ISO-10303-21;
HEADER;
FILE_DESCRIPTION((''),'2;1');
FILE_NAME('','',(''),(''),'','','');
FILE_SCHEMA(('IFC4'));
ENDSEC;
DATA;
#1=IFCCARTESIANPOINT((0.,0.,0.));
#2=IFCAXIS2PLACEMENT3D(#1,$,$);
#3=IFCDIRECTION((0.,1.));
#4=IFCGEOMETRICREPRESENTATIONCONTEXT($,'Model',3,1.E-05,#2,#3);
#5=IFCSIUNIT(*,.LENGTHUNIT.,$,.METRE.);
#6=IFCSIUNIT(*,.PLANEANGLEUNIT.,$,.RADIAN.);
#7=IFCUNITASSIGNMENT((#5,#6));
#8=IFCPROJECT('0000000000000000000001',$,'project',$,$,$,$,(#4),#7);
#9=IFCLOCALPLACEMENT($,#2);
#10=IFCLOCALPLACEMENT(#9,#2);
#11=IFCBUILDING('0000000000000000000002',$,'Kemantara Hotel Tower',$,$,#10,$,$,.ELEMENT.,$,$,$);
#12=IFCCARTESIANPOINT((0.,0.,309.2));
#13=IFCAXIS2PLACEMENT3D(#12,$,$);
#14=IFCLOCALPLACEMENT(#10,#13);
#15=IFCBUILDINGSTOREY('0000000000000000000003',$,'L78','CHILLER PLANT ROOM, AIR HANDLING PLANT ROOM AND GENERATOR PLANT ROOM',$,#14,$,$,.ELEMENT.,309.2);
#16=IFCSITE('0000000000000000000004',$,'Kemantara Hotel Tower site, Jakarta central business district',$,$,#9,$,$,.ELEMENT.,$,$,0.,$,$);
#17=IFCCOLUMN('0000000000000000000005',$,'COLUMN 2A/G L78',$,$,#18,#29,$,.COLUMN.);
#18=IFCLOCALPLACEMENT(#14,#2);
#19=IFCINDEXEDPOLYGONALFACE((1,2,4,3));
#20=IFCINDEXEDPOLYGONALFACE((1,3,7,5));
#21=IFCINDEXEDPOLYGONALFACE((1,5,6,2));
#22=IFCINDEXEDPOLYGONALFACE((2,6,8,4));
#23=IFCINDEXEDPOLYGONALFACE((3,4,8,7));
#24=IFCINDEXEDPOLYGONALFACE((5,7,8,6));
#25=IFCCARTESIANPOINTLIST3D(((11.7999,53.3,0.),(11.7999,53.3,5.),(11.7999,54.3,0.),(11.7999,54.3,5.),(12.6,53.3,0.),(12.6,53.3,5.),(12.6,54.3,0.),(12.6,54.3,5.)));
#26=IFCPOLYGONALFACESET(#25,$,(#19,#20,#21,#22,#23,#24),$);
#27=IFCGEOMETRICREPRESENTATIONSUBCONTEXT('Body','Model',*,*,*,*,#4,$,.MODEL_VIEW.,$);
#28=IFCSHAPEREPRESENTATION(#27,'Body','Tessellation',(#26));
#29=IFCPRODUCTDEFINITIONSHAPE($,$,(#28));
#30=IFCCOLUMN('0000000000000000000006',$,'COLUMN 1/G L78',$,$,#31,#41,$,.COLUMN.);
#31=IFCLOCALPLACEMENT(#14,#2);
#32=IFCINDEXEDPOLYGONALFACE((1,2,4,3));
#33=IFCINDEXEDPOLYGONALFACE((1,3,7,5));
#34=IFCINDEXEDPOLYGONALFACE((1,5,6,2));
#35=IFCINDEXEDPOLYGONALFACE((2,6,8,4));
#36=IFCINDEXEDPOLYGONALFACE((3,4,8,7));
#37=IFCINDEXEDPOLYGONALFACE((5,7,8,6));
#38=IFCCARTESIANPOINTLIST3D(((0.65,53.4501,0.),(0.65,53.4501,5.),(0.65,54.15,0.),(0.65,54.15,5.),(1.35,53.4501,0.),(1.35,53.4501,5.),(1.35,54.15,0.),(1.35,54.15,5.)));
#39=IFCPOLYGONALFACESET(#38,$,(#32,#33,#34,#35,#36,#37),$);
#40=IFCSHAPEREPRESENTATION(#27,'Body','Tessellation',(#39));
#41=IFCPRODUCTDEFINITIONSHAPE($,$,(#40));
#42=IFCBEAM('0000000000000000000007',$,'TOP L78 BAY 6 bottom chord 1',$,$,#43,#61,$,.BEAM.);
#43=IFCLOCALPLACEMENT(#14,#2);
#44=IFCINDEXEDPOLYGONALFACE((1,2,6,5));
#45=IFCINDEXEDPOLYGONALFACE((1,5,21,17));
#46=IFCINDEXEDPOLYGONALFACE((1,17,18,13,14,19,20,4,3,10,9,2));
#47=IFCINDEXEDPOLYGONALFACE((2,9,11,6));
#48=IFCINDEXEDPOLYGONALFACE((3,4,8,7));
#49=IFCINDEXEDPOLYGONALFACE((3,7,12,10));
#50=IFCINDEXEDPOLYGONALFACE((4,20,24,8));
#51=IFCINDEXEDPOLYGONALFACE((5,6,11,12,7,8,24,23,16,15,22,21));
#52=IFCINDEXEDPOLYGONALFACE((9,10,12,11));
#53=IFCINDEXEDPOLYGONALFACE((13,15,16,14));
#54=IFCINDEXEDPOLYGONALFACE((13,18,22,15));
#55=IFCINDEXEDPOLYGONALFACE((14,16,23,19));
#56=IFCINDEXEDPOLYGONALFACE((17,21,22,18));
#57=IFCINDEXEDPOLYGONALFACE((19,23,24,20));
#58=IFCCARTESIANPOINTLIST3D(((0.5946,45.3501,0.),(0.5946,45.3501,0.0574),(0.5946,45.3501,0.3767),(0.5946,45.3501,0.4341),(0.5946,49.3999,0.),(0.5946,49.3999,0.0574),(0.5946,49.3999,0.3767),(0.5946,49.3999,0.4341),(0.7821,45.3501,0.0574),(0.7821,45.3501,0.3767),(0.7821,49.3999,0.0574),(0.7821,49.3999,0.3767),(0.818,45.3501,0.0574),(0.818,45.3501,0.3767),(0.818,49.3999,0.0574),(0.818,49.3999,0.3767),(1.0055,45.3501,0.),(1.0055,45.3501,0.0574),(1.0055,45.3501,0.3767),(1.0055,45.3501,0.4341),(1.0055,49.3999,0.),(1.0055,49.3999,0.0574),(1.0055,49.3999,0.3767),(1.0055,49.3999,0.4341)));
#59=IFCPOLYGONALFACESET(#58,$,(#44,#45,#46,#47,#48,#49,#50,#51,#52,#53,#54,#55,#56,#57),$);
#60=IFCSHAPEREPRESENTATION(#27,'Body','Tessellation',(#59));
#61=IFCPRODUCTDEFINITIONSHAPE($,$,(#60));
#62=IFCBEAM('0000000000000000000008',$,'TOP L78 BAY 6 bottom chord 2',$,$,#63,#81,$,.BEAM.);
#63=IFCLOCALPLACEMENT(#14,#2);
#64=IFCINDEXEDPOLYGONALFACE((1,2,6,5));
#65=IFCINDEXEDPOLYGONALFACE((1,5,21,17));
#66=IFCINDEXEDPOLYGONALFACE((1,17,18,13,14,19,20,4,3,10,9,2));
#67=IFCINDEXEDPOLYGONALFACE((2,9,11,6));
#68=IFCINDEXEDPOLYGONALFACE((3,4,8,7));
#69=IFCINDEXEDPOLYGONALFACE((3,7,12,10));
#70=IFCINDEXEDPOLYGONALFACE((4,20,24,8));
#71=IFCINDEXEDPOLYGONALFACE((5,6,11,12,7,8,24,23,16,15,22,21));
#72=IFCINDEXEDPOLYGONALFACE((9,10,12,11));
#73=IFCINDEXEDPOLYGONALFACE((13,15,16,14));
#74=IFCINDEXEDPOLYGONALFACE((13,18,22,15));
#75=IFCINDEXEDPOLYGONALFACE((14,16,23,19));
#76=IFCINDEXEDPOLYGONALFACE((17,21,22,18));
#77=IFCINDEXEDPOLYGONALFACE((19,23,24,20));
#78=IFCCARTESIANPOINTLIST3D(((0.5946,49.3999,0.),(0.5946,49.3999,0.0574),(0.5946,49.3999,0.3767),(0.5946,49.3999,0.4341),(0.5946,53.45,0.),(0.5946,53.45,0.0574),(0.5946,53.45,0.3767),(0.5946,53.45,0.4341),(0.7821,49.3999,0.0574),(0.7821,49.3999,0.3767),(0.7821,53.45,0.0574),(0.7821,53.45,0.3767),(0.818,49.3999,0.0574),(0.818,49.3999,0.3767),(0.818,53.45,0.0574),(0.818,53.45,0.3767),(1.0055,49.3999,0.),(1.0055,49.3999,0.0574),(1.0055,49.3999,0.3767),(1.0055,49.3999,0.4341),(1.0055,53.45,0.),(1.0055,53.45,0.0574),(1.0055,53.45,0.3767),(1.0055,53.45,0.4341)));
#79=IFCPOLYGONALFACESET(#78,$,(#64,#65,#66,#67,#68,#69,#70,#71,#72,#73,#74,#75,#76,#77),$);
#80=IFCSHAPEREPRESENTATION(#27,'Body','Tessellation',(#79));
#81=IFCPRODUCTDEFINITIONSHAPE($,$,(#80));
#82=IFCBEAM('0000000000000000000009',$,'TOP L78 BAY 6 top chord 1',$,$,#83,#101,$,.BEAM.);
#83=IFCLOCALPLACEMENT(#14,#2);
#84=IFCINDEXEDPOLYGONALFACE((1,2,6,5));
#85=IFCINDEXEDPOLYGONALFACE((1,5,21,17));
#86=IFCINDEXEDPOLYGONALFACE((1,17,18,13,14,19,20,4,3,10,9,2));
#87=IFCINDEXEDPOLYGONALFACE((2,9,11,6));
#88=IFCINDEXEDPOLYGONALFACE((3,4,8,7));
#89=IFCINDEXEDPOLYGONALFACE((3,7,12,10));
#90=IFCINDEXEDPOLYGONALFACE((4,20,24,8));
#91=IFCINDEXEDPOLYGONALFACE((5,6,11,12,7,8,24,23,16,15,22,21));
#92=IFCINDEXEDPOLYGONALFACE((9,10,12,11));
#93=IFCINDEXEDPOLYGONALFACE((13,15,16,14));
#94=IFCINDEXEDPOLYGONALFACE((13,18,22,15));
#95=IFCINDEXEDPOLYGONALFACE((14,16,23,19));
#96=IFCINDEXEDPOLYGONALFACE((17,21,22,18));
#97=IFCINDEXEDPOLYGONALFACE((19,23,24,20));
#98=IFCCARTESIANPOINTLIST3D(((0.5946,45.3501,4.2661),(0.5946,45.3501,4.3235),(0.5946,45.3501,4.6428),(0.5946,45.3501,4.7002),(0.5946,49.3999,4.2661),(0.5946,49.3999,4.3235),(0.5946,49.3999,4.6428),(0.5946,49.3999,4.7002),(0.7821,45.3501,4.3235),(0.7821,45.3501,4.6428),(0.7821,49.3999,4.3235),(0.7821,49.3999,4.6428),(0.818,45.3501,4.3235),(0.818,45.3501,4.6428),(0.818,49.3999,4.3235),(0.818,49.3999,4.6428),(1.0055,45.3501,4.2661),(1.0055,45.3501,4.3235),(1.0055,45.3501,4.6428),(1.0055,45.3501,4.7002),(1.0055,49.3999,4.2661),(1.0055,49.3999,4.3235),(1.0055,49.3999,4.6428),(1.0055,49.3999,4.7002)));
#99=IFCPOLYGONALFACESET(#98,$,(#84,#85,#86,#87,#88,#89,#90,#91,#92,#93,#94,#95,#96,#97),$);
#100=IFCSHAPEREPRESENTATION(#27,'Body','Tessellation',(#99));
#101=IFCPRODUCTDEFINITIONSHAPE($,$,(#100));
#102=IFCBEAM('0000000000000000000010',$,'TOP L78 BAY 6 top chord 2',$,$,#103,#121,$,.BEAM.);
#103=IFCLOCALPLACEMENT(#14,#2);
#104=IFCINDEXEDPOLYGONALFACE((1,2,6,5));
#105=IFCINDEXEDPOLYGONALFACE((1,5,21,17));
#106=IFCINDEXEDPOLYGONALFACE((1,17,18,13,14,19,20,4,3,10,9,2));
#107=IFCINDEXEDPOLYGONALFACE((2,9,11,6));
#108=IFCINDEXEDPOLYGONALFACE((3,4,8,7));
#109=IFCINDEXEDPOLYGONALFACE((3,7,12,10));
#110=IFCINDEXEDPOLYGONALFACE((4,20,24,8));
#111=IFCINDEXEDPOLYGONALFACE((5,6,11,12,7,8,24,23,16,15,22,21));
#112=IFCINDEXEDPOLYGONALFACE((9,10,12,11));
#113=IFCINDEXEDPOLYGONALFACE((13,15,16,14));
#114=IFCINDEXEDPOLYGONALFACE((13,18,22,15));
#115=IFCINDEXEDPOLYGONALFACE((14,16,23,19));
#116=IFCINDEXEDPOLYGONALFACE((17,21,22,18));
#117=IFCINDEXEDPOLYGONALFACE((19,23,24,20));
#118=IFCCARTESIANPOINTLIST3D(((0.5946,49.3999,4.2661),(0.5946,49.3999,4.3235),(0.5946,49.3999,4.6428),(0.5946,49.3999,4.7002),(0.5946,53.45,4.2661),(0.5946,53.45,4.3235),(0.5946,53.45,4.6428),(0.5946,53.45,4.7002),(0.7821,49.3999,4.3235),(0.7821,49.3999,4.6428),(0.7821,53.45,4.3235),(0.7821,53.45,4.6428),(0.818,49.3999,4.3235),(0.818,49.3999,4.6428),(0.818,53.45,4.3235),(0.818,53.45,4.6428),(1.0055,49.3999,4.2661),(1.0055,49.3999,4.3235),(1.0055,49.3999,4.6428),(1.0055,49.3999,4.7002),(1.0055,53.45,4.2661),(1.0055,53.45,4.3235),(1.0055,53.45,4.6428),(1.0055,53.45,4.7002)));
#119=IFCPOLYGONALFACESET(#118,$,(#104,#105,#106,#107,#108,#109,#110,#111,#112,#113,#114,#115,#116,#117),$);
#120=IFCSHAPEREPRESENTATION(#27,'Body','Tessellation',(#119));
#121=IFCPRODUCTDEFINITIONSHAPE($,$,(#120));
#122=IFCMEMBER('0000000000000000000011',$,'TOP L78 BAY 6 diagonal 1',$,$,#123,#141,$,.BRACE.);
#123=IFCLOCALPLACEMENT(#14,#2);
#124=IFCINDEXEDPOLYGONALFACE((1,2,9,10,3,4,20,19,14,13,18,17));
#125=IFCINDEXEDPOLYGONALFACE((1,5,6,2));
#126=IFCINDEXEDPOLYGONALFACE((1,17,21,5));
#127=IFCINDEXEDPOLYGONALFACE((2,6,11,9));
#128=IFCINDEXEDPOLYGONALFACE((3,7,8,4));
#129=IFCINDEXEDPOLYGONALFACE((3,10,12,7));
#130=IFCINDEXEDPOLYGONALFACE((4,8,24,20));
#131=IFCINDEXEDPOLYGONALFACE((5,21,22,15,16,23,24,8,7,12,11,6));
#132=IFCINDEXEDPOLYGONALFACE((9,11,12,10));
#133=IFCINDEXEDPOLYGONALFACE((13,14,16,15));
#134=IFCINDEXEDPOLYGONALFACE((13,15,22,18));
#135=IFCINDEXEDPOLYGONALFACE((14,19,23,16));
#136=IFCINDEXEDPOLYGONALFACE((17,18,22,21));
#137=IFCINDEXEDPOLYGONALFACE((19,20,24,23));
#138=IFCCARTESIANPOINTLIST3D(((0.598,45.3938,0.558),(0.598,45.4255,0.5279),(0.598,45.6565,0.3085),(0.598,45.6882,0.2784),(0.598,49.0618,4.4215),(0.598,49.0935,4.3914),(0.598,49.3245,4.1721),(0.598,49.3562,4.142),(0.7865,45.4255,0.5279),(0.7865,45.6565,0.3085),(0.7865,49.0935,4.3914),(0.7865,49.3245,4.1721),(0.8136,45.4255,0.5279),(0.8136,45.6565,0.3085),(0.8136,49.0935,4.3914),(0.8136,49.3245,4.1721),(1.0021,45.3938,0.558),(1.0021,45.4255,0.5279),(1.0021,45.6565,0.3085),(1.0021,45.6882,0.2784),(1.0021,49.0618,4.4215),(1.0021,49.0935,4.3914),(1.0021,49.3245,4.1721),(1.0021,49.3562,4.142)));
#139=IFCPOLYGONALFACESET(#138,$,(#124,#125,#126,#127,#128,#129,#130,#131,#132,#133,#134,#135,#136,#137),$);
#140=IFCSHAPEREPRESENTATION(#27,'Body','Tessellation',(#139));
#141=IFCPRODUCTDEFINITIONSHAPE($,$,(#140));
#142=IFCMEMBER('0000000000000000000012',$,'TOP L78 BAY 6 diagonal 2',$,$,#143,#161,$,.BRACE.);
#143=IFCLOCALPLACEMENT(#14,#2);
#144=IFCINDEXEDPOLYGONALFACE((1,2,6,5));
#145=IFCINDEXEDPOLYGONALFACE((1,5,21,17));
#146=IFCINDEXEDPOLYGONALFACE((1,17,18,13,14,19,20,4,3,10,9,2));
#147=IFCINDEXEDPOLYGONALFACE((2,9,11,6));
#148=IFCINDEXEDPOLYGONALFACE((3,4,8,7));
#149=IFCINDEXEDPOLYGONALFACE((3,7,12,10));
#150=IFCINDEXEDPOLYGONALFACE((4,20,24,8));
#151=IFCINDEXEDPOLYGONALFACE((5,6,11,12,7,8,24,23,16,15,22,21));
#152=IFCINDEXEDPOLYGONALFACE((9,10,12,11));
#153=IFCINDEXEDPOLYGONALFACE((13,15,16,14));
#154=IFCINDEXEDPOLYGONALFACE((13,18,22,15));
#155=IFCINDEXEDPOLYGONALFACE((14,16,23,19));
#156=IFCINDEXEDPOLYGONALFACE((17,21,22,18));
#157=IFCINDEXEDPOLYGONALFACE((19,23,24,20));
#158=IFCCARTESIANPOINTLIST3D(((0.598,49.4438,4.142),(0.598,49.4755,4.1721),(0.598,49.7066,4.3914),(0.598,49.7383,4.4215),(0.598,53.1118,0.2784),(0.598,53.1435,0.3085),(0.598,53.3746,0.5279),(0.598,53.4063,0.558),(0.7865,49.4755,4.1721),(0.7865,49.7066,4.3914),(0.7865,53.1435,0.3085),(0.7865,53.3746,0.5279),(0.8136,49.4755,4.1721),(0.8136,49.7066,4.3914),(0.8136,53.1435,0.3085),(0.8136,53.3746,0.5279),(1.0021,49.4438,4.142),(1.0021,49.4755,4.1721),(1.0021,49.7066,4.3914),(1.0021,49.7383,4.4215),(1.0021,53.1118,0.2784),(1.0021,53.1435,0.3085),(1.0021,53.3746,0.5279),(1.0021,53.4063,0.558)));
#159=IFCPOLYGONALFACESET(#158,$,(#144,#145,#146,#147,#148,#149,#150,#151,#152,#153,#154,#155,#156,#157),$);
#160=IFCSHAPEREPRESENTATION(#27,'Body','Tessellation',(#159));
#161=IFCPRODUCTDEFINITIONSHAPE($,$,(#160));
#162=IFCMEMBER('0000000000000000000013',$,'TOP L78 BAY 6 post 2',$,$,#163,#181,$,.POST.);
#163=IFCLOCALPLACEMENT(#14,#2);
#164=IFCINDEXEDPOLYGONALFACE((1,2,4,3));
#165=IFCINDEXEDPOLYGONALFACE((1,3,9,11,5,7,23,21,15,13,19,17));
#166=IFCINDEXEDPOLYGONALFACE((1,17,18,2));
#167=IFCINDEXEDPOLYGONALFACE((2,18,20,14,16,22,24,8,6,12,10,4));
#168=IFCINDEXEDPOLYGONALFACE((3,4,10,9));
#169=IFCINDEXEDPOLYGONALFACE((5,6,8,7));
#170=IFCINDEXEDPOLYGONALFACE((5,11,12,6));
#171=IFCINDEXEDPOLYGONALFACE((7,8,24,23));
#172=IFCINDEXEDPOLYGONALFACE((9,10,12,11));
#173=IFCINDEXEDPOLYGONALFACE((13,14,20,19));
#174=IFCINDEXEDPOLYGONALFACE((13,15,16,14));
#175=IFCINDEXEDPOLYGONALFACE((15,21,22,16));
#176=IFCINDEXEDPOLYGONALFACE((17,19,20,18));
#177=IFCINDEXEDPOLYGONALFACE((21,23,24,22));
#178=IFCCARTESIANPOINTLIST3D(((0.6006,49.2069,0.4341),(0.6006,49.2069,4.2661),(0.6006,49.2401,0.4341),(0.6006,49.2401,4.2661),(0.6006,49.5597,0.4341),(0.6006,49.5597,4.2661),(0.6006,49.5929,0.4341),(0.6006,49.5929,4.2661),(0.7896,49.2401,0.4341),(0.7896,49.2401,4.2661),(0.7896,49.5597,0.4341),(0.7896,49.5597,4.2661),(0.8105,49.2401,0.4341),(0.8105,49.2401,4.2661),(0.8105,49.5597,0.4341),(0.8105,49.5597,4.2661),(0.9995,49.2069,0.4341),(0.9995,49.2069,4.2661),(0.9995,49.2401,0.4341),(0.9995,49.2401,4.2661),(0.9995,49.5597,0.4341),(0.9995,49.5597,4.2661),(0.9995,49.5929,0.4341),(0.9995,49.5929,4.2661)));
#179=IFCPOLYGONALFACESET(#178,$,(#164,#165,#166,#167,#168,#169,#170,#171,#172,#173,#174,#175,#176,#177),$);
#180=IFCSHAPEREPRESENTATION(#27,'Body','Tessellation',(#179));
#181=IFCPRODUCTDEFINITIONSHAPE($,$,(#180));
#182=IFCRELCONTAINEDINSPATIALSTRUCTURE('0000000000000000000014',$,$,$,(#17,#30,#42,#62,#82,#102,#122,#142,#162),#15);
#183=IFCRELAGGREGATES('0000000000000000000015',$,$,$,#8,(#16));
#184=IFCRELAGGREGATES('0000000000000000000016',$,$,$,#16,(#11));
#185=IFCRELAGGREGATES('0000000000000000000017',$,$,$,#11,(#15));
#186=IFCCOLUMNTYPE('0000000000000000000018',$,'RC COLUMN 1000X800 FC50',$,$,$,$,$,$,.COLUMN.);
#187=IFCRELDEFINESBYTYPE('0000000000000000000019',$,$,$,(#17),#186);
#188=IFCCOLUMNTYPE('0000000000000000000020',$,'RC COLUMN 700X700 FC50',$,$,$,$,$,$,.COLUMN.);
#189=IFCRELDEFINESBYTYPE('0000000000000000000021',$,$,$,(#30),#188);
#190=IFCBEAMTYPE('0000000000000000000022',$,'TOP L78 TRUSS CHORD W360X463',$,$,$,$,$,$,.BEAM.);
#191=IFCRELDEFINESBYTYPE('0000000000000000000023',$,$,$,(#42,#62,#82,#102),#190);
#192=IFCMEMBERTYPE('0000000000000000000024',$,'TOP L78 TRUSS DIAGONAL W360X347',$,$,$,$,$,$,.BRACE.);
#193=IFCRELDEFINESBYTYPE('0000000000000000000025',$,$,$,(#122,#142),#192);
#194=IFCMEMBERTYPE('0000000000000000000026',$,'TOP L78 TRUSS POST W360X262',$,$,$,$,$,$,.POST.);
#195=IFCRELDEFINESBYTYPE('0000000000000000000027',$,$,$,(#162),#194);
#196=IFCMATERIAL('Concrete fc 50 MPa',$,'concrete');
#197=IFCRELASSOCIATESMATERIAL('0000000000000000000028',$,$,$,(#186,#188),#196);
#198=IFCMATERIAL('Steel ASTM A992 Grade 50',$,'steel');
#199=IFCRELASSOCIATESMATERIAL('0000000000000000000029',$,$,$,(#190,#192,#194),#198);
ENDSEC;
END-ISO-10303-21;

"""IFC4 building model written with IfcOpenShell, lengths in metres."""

from ifc_helpers import new_model, si_unit, direction, frame, origin, origin_2d, place, context, subcontext, project, spatial, rectangle, i_section, extrude, material, material_profile, profile_set, type_object, element, save


model = new_model("IFC4")

# Units and contexts
model_context = context("Model", 3, precision=1e-05, world=origin(), true_north=direction((0.0, 1.0)))
body_context = subcontext(model_context, "Body", "Model", "MODEL_VIEW")
ifc_project = project(units=[si_unit("LENGTHUNIT", "METRE"), si_unit("PLANEANGLEUNIT", "RADIAN")], contexts=[model_context])

# Site, building, storey
site_placement = place(None, origin())
site = spatial("IfcSite", under=ifc_project, at=site_placement, Name="Kemantara Hotel Tower site, Jakarta central business district", CompositionType="ELEMENT", RefElevation=0.0)
building_placement = place(site_placement, origin())
building = spatial("IfcBuilding", under=site, at=building_placement, Name="Kemantara Hotel Tower", CompositionType="ELEMENT")
storey_placement = place(building_placement, frame((0.0, 0.0, 309.2)))
storey = spatial("IfcBuildingStorey", under=building, at=storey_placement, Name="L78", Description="CHILLER PLANT ROOM, AIR HANDLING PLANT ROOM AND GENERATOR PLANT ROOM", CompositionType="ELEMENT", Elevation=309.2)

# Columns
ifc_material_1 = material(Name="Concrete fc 50 MPa", Category="concrete")
ifc_material_profile_1 = material_profile(ifc_material_1, rectangle(XDim=1.0, YDim=0.8, at=origin_2d()), Name="RC 1000X800")
ifc_profile_set_1 = profile_set([ifc_material_profile_1], Name="Concrete fc 50 MPa")
column_type_1 = type_object("IfcColumnType", Name="RC COLUMN 1000X800 FC50", PredefinedType="COLUMN", material=ifc_profile_set_1)
column_1_placement = place(storey_placement, frame((12.2, 53.8, 0.0), z_axis=(0.0, 0.0, 1.0), x_axis=(0.0, 1.0, 0.0)))
element("IfcColumn", 1, at=column_1_placement, inside=storey, type_object=column_type_1, Name="COLUMN 2A/G L78", PredefinedType="COLUMN", context=body_context, shape_type="SweptSolid", body=[
    extrude(rectangle(XDim=1.0, YDim=0.8, at=origin_2d()), origin(), (0.0, 0.0, 1.0), 5.0),
])
ifc_material_profile_2 = material_profile(ifc_material_1, rectangle(XDim=0.7, YDim=0.7, at=origin_2d()), Name="RC 700X700")
ifc_profile_set_2 = profile_set([ifc_material_profile_2], Name="Concrete fc 50 MPa")
column_type_2 = type_object("IfcColumnType", Name="RC COLUMN 700X700 FC50", PredefinedType="COLUMN", material=ifc_profile_set_2)
column_2_placement = place(storey_placement, frame((1.0, 53.8, 0.0), z_axis=(0.0, 0.0, 1.0), x_axis=(1.0, 0.0, 0.0)))
element("IfcColumn", 2, at=column_2_placement, inside=storey, type_object=column_type_2, Name="COLUMN 1/G L78", PredefinedType="COLUMN", context=body_context, shape_type="SweptSolid", body=[
    extrude(rectangle(XDim=0.7, YDim=0.7, at=origin_2d()), origin(), (0.0, 0.0, 1.0), 5.0),
])

# Beams
ifc_material_2 = material(Name="Steel ASTM A992 Grade 50", Category="steel")
ifc_material_profile_3 = material_profile(ifc_material_2, i_section(OverallWidth=0.4109, OverallDepth=0.4341, WebThickness=0.0359, FlangeThickness=0.0574, at=origin_2d()), Name="W360X463")
ifc_profile_set_3 = profile_set([ifc_material_profile_3], Name="Steel ASTM A992 Grade 50")
beam_type = type_object("IfcBeamType", Name="TOP L78 TRUSS CHORD W360X463", PredefinedType="BEAM", material=ifc_profile_set_3)
beam_1_placement = place(storey_placement, frame((0.8, 45.3501, 0.217), z_axis=(0.0, 1.0, 0.0), x_axis=(-1.0, 0.0, 0.0)))
element("IfcBeam", 3, at=beam_1_placement, inside=storey, type_object=beam_type, Name="TOP L78 BAY 6 bottom chord 1", PredefinedType="BEAM", context=body_context, shape_type="SweptSolid", body=[
    extrude(i_section(OverallWidth=0.4109, OverallDepth=0.4341, WebThickness=0.0359, FlangeThickness=0.0574, at=origin_2d()), origin(), (0.0, 0.0, 1.0), 4.0498),
])
beam_2_placement = place(storey_placement, frame((0.8, 49.3999, 0.217), z_axis=(0.0, 1.0, 0.0), x_axis=(-1.0, 0.0, 0.0)))
element("IfcBeam", 4, at=beam_2_placement, inside=storey, type_object=beam_type, Name="TOP L78 BAY 6 bottom chord 2", PredefinedType="BEAM", context=body_context, shape_type="SweptSolid", body=[
    extrude(i_section(OverallWidth=0.4109, OverallDepth=0.4341, WebThickness=0.0359, FlangeThickness=0.0574, at=origin_2d()), origin(), (0.0, 0.0, 1.0), 4.05),
])
beam_3_placement = place(storey_placement, frame((0.8, 45.3501, 4.4832), z_axis=(0.0, 1.0, 0.0), x_axis=(-1.0, 0.0, 0.0)))
element("IfcBeam", 5, at=beam_3_placement, inside=storey, type_object=beam_type, Name="TOP L78 BAY 6 top chord 1", PredefinedType="BEAM", context=body_context, shape_type="SweptSolid", body=[
    extrude(i_section(OverallWidth=0.4109, OverallDepth=0.4341, WebThickness=0.0359, FlangeThickness=0.0574, at=origin_2d()), origin(), (0.0, 0.0, 1.0), 4.0498),
])
beam_4_placement = place(storey_placement, frame((0.8, 49.3999, 4.4832), z_axis=(0.0, 1.0, 0.0), x_axis=(-1.0, 0.0, 0.0)))
element("IfcBeam", 6, at=beam_4_placement, inside=storey, type_object=beam_type, Name="TOP L78 BAY 6 top chord 2", PredefinedType="BEAM", context=body_context, shape_type="SweptSolid", body=[
    extrude(i_section(OverallWidth=0.4109, OverallDepth=0.4341, WebThickness=0.0359, FlangeThickness=0.0574, at=origin_2d()), origin(), (0.0, 0.0, 1.0), 4.05),
])

# Members
ifc_material_profile_4 = material_profile(ifc_material_2, i_section(OverallWidth=0.4041, OverallDepth=0.406, WebThickness=0.0271, FlangeThickness=0.0437, at=origin_2d()), Name="W360X347")
ifc_profile_set_4 = profile_set([ifc_material_profile_4], Name="Steel ASTM A992 Grade 50")
member_type_1 = type_object("IfcMemberType", Name="TOP L78 TRUSS DIAGONAL W360X347", PredefinedType="BRACE", material=ifc_profile_set_4)
for number, where, z_axis, x_axis, name in (
    (7, (0.8, 45.541, 0.4182), (0.0, 0.688515, 0.725223), (-1.0, 0.0, 0.0), "TOP L78 BAY 6 diagonal 1"),
    (8, (0.8, 53.259, 0.4182), (0.0, -0.688515, 0.725223), (1.0, 0.0, 0.0), "TOP L78 BAY 6 diagonal 2"),
):
    element("IfcMember", number, at=place(storey_placement, frame(where, z_axis=z_axis, x_axis=x_axis)), inside=storey, type_object=member_type_1, Name=name, PredefinedType="BRACE", context=body_context, shape_type="SweptSolid", body=[
        extrude(i_section(OverallWidth=0.4041, OverallDepth=0.406, WebThickness=0.0271, FlangeThickness=0.0437, at=origin_2d()), origin(), (0.0, 0.0, 1.0), 5.3274),
    ])
ifc_material_profile_5 = material_profile(ifc_material_2, i_section(OverallWidth=0.3989, OverallDepth=0.386, WebThickness=0.021, FlangeThickness=0.0332, at=origin_2d()), Name="W360X262")
ifc_profile_set_5 = profile_set([ifc_material_profile_5], Name="Steel ASTM A992 Grade 50")
member_type_2 = type_object("IfcMemberType", Name="TOP L78 TRUSS POST W360X262", PredefinedType="POST", material=ifc_profile_set_5)
member_1_placement = place(storey_placement, frame((0.8, 49.3999, 0.4341), z_axis=(0.0, 0.0, 1.0), x_axis=(1.0, 0.0, 0.0)))
element("IfcMember", 9, at=member_1_placement, inside=storey, type_object=member_type_2, Name="TOP L78 BAY 6 post 2", PredefinedType="POST", context=body_context, shape_type="SweptSolid", body=[
    extrude(i_section(OverallWidth=0.3989, OverallDepth=0.386, WebThickness=0.021, FlangeThickness=0.0332, at=origin_2d()), origin(), (0.0, 0.0, 1.0), 3.832),
])

save(model, "model.ifc")
